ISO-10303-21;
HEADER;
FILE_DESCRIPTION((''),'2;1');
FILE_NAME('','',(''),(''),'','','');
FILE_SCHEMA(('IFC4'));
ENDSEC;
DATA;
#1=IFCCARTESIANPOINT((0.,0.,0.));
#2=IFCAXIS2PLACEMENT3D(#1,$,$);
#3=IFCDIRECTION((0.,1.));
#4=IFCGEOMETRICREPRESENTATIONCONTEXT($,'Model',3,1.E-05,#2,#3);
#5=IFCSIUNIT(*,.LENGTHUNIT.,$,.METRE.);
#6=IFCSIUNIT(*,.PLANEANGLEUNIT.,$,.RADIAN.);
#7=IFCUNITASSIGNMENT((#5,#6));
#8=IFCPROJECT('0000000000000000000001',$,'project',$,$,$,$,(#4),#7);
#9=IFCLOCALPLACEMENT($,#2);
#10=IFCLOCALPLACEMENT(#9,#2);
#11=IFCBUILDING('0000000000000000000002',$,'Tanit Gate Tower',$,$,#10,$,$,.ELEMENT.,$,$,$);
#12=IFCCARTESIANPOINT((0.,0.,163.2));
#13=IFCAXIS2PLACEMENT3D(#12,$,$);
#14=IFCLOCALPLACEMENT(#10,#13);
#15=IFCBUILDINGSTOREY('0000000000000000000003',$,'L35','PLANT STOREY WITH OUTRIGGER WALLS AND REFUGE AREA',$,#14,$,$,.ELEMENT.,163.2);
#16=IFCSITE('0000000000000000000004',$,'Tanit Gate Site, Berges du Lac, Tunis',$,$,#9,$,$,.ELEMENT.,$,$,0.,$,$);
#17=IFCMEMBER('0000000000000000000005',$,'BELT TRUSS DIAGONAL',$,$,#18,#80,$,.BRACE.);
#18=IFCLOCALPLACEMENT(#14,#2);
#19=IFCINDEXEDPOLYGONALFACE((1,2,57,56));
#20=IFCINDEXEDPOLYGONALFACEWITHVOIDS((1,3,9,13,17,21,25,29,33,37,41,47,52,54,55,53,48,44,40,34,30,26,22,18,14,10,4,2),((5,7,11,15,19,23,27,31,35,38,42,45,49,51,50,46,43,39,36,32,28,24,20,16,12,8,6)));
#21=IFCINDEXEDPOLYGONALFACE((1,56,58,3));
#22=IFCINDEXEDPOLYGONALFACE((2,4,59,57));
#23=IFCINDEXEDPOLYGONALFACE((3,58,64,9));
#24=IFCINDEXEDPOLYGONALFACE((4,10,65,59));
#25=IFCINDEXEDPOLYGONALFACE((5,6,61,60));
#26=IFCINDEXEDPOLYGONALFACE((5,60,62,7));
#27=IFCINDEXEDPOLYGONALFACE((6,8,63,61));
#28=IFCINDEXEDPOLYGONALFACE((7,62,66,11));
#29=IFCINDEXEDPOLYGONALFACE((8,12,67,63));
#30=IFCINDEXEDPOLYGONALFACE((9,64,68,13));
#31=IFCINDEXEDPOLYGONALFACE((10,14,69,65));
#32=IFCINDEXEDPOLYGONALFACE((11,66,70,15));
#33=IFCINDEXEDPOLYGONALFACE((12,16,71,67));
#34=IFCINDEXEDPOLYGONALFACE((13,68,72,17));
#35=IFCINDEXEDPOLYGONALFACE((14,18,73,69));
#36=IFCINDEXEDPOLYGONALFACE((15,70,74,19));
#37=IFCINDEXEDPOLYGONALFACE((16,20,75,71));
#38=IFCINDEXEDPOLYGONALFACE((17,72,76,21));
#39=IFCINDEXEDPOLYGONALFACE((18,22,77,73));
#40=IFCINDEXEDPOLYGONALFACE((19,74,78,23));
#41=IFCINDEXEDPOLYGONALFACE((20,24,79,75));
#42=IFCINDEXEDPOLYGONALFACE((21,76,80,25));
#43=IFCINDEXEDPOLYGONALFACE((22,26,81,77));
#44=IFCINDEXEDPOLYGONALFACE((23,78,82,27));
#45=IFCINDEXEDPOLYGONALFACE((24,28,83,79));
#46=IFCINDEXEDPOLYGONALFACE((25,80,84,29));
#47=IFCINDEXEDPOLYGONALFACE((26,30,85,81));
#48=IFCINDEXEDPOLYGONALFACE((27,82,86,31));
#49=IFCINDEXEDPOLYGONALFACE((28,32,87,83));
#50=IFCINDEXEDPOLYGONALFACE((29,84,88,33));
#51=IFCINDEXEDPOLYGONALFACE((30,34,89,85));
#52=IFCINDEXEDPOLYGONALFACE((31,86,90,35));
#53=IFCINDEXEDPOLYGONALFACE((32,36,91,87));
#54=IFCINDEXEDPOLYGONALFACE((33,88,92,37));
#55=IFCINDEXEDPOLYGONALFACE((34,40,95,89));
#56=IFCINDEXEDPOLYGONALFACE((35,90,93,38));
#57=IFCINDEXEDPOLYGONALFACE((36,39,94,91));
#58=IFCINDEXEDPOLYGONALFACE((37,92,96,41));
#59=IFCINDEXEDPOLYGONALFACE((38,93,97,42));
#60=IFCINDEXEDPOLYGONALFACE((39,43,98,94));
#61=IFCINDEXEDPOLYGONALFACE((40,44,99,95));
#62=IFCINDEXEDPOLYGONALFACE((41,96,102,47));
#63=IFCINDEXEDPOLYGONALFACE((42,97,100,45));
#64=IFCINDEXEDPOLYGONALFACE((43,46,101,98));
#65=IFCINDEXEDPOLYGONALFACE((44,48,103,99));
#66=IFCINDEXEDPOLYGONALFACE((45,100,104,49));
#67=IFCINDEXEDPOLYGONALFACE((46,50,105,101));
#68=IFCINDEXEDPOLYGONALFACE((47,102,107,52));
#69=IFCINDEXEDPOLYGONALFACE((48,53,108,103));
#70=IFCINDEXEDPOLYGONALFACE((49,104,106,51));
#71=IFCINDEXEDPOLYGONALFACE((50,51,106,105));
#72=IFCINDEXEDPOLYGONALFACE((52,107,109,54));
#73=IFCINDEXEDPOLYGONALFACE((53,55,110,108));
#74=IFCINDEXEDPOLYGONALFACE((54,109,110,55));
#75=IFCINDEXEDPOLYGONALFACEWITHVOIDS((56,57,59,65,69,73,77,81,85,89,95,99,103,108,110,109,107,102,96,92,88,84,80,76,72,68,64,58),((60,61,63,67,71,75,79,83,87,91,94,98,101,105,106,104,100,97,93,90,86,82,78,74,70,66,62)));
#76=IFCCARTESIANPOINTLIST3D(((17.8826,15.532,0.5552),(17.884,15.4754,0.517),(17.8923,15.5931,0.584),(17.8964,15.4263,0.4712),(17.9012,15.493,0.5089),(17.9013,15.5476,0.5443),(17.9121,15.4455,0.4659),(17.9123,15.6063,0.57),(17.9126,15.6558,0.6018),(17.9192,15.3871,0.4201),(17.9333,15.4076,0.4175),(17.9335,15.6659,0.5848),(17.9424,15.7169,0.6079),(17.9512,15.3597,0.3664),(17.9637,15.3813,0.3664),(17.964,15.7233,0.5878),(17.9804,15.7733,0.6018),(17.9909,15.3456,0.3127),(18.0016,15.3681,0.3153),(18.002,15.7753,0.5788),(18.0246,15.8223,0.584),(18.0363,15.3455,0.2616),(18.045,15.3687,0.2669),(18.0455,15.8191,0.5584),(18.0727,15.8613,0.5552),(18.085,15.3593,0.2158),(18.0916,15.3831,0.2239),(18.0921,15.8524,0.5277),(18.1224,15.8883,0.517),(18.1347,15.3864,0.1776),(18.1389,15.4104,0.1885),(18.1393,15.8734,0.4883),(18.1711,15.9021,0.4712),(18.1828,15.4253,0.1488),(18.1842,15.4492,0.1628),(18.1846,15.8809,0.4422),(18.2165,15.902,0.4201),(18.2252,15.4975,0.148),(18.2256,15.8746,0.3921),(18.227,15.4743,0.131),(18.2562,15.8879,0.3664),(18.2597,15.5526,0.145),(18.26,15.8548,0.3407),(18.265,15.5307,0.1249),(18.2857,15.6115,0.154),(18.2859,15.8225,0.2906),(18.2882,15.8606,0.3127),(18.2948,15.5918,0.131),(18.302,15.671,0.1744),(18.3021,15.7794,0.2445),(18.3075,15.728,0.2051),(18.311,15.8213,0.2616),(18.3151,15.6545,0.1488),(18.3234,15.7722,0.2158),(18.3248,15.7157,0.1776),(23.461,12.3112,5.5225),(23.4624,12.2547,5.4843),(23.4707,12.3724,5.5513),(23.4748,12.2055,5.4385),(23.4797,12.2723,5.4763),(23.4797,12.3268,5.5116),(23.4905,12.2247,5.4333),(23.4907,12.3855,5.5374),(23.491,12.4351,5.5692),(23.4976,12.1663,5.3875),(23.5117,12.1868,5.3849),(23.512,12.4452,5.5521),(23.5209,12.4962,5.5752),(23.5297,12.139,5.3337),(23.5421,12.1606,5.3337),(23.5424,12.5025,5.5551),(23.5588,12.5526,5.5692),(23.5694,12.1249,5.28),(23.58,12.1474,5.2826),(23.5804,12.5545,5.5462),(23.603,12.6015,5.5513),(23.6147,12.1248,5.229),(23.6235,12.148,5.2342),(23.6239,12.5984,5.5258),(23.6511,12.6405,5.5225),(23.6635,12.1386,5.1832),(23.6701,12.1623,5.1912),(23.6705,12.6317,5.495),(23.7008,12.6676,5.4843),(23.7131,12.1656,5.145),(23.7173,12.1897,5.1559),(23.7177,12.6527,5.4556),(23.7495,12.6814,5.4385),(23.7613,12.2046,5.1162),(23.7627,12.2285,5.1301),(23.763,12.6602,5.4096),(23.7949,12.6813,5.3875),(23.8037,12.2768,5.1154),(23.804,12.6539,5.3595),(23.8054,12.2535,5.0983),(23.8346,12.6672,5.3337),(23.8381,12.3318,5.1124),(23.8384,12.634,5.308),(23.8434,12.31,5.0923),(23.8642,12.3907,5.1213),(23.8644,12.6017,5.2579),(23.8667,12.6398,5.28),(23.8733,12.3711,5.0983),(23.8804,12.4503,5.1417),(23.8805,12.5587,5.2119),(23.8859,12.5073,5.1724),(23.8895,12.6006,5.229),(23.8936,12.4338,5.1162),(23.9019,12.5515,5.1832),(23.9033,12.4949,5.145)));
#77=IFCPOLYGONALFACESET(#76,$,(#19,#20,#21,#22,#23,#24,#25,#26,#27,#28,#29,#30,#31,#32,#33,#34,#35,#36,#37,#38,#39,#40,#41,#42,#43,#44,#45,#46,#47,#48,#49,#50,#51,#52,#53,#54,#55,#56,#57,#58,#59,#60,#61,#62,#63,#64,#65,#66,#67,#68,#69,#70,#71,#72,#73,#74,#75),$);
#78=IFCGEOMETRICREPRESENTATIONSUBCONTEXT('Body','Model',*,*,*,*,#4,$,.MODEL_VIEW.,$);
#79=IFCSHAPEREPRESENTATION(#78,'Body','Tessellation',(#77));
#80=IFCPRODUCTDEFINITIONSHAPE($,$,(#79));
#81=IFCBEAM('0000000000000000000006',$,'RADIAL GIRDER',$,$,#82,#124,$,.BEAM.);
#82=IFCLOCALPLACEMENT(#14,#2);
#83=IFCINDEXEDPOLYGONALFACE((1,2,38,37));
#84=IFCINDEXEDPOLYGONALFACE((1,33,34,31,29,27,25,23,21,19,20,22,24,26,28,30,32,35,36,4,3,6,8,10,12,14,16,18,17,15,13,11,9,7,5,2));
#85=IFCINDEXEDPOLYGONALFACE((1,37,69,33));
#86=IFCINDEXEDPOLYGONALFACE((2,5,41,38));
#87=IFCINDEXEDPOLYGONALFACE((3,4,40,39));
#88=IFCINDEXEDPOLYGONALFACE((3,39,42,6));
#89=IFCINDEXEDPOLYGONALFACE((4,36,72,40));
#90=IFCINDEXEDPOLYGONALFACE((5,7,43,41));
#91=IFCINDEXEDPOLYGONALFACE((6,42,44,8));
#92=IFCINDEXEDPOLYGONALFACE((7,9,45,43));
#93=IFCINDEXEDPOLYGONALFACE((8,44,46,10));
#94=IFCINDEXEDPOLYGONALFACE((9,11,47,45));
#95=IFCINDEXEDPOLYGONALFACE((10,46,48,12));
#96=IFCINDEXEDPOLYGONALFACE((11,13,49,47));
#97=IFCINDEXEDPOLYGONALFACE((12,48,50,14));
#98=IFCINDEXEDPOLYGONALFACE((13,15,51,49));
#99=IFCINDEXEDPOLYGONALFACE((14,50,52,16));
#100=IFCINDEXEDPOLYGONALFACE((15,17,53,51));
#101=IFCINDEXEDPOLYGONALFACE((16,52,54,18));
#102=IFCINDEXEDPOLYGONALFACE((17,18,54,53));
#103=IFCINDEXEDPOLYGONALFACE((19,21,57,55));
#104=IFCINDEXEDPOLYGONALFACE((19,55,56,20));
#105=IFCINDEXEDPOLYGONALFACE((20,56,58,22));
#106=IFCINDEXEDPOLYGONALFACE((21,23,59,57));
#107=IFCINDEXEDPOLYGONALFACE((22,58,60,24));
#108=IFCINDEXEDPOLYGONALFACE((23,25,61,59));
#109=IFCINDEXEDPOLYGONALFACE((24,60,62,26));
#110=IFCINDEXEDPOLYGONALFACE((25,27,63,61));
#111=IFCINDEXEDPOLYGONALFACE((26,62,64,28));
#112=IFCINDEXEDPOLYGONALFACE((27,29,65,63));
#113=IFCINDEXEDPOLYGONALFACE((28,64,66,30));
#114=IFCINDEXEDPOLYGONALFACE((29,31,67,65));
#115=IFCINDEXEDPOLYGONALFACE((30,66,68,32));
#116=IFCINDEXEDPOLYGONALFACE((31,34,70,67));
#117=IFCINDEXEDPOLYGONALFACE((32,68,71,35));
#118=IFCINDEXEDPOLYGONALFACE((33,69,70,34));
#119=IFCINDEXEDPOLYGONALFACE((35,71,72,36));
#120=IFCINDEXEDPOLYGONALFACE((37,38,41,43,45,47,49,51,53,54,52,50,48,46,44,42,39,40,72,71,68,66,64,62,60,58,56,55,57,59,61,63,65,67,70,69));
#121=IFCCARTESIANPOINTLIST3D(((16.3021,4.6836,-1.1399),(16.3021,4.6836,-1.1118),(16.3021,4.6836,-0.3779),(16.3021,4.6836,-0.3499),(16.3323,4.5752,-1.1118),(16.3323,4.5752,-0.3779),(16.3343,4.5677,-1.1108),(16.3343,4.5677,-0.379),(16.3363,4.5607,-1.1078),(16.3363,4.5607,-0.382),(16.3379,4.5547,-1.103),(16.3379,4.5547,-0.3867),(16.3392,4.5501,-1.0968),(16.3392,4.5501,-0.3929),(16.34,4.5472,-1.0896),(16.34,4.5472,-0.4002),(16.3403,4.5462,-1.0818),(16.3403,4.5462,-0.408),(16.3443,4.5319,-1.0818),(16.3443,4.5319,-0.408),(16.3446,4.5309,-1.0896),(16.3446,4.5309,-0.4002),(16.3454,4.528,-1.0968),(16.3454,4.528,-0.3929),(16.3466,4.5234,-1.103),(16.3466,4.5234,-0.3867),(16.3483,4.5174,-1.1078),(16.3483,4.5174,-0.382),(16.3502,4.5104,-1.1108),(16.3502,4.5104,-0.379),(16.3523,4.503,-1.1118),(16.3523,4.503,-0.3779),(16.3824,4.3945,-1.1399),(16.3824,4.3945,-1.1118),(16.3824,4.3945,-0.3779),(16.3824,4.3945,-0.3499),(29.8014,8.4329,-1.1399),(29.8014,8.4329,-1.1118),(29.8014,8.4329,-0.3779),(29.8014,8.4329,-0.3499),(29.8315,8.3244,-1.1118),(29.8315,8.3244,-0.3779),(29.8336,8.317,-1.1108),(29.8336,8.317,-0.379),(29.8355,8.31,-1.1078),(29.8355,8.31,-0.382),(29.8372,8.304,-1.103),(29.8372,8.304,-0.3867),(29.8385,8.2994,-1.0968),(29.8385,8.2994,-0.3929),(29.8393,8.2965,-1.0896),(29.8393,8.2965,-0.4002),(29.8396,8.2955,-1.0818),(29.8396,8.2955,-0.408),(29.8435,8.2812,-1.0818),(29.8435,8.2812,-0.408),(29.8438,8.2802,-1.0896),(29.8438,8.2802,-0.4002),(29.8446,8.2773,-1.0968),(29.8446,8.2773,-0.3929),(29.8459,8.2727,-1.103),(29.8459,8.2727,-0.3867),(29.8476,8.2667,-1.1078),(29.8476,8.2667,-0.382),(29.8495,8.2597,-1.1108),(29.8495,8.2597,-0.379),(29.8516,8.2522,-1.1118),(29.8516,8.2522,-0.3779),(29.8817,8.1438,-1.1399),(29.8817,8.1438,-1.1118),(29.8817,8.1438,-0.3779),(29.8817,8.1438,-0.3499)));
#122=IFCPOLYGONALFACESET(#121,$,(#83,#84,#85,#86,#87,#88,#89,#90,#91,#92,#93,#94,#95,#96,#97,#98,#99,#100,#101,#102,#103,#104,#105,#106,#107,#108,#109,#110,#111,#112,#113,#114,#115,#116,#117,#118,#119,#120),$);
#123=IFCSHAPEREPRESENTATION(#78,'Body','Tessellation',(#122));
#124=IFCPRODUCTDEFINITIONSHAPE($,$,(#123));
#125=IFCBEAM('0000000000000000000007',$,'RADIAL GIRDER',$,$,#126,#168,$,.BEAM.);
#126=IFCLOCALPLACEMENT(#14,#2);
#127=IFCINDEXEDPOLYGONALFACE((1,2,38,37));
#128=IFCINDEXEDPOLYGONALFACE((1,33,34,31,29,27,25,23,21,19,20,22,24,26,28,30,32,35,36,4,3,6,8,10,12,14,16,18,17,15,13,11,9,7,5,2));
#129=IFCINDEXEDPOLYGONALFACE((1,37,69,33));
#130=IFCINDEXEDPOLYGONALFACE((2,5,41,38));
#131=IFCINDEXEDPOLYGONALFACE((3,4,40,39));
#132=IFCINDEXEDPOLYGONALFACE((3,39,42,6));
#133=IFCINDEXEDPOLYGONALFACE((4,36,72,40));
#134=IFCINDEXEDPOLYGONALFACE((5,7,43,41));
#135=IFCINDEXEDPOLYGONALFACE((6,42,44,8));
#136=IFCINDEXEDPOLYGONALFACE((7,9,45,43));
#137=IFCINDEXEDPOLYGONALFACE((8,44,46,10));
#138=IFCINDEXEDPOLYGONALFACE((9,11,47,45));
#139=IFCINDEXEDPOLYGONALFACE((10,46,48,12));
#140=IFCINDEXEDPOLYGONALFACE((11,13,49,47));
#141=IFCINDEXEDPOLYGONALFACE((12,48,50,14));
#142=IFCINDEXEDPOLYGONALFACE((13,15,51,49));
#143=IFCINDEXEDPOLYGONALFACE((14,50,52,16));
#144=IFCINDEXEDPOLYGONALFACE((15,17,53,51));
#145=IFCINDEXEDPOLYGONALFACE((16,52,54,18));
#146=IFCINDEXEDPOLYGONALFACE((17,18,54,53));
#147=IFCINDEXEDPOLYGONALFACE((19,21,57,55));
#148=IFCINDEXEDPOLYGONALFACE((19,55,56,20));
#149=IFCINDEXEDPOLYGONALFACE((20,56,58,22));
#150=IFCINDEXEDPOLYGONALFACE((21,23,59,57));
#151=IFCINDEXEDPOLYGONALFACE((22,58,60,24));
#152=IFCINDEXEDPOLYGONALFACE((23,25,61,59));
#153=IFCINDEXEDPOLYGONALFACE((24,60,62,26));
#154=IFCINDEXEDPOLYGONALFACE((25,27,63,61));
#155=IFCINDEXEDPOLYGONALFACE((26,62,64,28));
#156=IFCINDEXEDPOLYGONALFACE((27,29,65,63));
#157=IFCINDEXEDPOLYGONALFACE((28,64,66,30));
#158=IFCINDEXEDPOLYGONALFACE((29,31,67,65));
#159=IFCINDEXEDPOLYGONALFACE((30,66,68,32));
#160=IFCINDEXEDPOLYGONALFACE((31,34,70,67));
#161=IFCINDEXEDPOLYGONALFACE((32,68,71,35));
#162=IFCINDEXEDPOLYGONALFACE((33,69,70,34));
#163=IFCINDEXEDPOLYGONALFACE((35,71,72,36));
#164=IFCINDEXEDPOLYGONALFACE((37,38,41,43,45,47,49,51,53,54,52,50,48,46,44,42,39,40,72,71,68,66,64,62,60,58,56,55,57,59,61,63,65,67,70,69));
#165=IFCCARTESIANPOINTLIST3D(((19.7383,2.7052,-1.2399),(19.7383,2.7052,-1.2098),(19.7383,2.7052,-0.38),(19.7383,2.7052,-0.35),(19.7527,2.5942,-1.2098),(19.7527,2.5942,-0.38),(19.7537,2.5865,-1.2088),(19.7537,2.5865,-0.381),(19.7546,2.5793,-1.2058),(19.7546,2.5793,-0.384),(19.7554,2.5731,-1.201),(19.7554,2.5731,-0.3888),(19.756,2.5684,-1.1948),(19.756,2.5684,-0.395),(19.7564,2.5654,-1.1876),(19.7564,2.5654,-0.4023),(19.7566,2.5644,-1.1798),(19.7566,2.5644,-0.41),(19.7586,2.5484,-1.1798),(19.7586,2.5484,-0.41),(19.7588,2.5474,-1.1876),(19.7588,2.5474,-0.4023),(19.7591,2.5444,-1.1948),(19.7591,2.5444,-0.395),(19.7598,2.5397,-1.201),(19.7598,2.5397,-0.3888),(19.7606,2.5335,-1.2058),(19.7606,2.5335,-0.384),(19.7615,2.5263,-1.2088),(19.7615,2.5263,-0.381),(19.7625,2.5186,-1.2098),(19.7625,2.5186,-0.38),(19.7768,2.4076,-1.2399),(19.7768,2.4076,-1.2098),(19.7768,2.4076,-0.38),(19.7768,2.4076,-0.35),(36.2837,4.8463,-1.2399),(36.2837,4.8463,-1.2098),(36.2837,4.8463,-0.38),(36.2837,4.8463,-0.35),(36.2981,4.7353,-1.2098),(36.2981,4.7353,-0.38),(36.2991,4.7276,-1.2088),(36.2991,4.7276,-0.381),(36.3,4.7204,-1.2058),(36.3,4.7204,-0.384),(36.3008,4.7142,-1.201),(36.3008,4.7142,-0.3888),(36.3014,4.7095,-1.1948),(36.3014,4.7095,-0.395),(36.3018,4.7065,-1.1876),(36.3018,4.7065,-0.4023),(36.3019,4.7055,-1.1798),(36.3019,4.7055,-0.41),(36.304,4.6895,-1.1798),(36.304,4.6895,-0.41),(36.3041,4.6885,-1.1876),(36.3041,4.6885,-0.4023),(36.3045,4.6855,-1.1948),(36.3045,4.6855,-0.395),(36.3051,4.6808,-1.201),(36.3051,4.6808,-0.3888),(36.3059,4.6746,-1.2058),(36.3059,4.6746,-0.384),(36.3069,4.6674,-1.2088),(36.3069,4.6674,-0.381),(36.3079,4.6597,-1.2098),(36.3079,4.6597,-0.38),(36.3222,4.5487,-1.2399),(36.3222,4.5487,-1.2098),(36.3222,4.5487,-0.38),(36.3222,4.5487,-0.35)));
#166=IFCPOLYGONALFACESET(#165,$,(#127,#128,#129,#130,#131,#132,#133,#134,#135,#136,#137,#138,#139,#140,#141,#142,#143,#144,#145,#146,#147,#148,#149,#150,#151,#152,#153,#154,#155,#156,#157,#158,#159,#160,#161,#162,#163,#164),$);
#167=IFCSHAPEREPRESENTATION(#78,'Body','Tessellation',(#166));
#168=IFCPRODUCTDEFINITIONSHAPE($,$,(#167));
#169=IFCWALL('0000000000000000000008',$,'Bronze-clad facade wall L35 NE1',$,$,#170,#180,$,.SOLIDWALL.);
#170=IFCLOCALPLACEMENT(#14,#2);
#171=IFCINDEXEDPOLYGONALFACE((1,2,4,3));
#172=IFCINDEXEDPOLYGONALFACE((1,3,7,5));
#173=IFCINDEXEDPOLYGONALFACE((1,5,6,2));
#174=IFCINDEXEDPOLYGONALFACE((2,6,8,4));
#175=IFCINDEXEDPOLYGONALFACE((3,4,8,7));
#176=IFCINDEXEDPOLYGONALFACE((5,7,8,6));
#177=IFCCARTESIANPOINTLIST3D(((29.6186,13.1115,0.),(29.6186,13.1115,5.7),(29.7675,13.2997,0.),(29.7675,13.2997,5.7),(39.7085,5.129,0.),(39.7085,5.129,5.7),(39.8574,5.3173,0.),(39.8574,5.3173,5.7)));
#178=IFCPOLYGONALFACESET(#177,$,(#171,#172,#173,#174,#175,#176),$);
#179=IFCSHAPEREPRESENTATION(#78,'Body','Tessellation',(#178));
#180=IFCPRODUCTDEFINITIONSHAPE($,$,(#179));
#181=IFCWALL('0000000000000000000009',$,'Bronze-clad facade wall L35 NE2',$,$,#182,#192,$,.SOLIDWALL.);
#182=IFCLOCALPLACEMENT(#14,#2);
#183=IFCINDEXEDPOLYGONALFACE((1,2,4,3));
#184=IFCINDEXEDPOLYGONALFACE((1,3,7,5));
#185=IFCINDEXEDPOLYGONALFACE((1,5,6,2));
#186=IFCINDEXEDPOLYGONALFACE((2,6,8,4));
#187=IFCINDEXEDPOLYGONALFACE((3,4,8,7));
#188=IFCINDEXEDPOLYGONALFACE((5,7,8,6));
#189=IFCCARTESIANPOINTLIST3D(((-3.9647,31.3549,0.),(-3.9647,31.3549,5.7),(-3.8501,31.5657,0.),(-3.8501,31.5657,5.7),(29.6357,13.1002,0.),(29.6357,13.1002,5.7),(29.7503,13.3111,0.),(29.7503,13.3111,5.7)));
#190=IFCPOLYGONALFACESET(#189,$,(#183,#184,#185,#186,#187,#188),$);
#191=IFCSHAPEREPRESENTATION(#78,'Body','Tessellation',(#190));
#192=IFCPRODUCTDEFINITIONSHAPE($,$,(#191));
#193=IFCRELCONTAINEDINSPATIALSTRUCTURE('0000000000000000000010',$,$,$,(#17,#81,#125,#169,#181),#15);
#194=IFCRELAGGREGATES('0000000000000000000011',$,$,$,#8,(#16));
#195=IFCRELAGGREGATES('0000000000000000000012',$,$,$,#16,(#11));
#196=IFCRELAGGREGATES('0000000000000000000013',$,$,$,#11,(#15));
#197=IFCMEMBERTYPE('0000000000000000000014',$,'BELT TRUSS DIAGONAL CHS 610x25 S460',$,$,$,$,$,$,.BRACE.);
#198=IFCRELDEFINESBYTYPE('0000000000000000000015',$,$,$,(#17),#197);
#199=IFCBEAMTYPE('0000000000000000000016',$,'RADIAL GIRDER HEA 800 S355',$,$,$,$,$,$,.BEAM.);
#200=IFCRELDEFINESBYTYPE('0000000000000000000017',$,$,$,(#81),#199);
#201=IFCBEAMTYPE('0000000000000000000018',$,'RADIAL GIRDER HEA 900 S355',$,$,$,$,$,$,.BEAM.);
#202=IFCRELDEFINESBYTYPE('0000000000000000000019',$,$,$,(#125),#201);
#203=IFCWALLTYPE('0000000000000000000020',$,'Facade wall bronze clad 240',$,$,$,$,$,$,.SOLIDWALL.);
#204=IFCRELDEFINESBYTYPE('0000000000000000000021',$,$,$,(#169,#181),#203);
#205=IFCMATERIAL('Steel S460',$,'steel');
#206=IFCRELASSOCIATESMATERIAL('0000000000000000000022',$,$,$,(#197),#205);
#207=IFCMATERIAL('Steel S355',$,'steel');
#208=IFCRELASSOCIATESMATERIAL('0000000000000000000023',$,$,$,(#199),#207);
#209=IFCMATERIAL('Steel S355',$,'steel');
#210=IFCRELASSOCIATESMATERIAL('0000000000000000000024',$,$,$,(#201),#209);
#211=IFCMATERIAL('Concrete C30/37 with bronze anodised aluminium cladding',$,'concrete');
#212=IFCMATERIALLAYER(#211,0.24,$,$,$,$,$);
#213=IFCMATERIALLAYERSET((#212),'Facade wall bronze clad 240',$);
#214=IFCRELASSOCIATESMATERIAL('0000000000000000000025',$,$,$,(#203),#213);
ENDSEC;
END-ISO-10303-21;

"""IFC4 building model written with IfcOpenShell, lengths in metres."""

from ifc_helpers import new_model, si_unit, direction, frame, frame_2d, origin, origin_2d, place, context, subcontext, project, spatial, rectangle, hollow_circle, i_section, extrude, material, layer, layer_set, material_profile, profile_set, type_object, element, save


model = new_model("IFC4")

# Units and contexts
model_context = context("Model", 3, precision=1e-05, world=origin(), true_north=direction((0.0, 1.0)))
body_context = subcontext(model_context, "Body", "Model", "MODEL_VIEW")
ifc_project = project(units=[si_unit("LENGTHUNIT", "METRE"), si_unit("PLANEANGLEUNIT", "RADIAN")], contexts=[model_context])

# Site, building, storey
site_placement = place(None, origin())
site = spatial("IfcSite", under=ifc_project, at=site_placement, Name="Tanit Gate Site, Berges du Lac, Tunis", CompositionType="ELEMENT", RefElevation=0.0)
building_placement = place(site_placement, origin())
building = spatial("IfcBuilding", under=site, at=building_placement, Name="Tanit Gate Tower", CompositionType="ELEMENT")
storey_placement = place(building_placement, frame((0.0, 0.0, 163.2)))
storey = spatial("IfcBuildingStorey", under=building, at=storey_placement, Name="L35", Description="PLANT STOREY WITH OUTRIGGER WALLS AND REFUGE AREA", CompositionType="ELEMENT", Elevation=163.2)

# Member
ifc_material_1 = material(Name="Steel S460", Category="steel")
ifc_material_profile_1 = material_profile(ifc_material_1, hollow_circle(Radius=0.3049, WallThickness=0.0249, at=origin_2d()), Name="CHS 610x25")
ifc_profile_set_1 = profile_set([ifc_material_profile_1], Name="Steel S460")
member_type = type_object("IfcMemberType", Name="BELT TRUSS DIAGONAL CHS 610x25 S460", PredefinedType="BRACE", material=ifc_profile_set_1)
for number, where, z_axis, x_axis, name in (
    (1, (23.6821, 12.4031, 5.3337), (-0.685793, 0.395946, -0.610667), (-0.500004, -0.866023, 0.0), "BELT TRUSS DIAGONAL"),
):
    element("IfcMember", number, at=place(storey_placement, frame(where, z_axis=z_axis, x_axis=x_axis)), inside=storey, type_object=member_type, Name=name, PredefinedType="BRACE", context=body_context, shape_type="SweptSolid", body=[
        extrude(hollow_circle(Radius=0.3049, WallThickness=0.0249, at=origin_2d()), origin(), (0.0, 0.0, 1.0), 8.1343),
    ])

# Beams
ifc_material_2 = material(Name="Steel S355", Category="steel")
ifc_material_profile_2 = material_profile(ifc_material_2, i_section(OverallWidth=0.3, OverallDepth=0.79, WebThickness=0.0149, FlangeThickness=0.0281, FilletRadius=0.03, at=origin_2d()), Name="HEA 800")
ifc_profile_set_2 = profile_set([ifc_material_profile_2], Name="Steel S355")
beam_type_1 = type_object("IfcBeamType", Name="RADIAL GIRDER HEA 800 S355", PredefinedType="BEAM", material=ifc_profile_set_2)
beam_1_placement = place(storey_placement, frame((29.8416, 8.2883, -0.7449), z_axis=(-0.963528, -0.267609, 0.0), x_axis=(0.267609, -0.963528, 0.0)))
element("IfcBeam", 2, at=beam_1_placement, inside=storey, type_object=beam_type_1, Name="RADIAL GIRDER", PredefinedType="BEAM", context=body_context, shape_type="SweptSolid", body=[
    extrude(i_section(OverallWidth=0.3, OverallDepth=0.79, WebThickness=0.0149, FlangeThickness=0.0281, FilletRadius=0.03, at=origin_2d()), origin(), (0.0, 0.0, 1.0), 14.0103),
])
ifc_material_3 = material(Name="Steel S355", Category="steel")
ifc_material_profile_3 = material_profile(ifc_material_3, i_section(OverallWidth=0.3, OverallDepth=0.8899, WebThickness=0.0161, FlangeThickness=0.03, FilletRadius=0.03, at=origin_2d()), Name="HEA 900")
ifc_profile_set_3 = profile_set([ifc_material_profile_3], Name="Steel S355")
beam_type_2 = type_object("IfcBeamType", Name="RADIAL GIRDER HEA 900 S355", PredefinedType="BEAM", material=ifc_profile_set_3)
beam_2_placement = place(storey_placement, frame((36.303, 4.6975, -0.7949), z_axis=(-0.99173, -0.128338, 0.0), x_axis=(0.128338, -0.99173, 0.0)))
element("IfcBeam", 3, at=beam_2_placement, inside=storey, type_object=beam_type_2, Name="RADIAL GIRDER", PredefinedType="BEAM", context=body_context, shape_type="SweptSolid", body=[
    extrude(i_section(OverallWidth=0.3, OverallDepth=0.8899, WebThickness=0.0161, FlangeThickness=0.03, FilletRadius=0.03, at=origin_2d()), origin(), (0.0, 0.0, 1.0), 16.6833),
])

# Walls
ifc_material_4 = material(Name="Concrete C30/37 with bronze anodised aluminium cladding", Category="concrete")
ifc_layer_1 = layer(ifc_material_4, 0.24)
ifc_layer_set_1 = layer_set([ifc_layer_1], Name="Facade wall bronze clad 240")
wall_type_1 = type_object("IfcWallType", Name="Facade wall bronze clad 240", PredefinedType="SOLIDWALL", material=ifc_layer_set_1)
wall_1_placement = place(storey_placement, frame((39.783, 5.2231, 0.0), z_axis=(0.0, 0.0, 1.0), x_axis=(-0.784249, 0.620446, 0.0)))
element("IfcWall", 4, at=wall_1_placement, inside=storey, type_object=wall_type_1, Name="Bronze-clad facade wall L35 NE1", PredefinedType="SOLIDWALL", context=body_context, shape_type="SweptSolid", body=[
    extrude(rectangle(XDim=12.8657, YDim=0.24, at=frame_2d((6.4329, 0.0))), origin(), (0.0, 0.0, 1.0), 5.7),
])
wall_2_placement = place(storey_placement, frame((29.6931, 13.2056, 0.0), z_axis=(0.0, 0.0, 1.0), x_axis=(-0.878695, 0.477384, 0.0)))
element("IfcWall", 5, at=wall_2_placement, inside=storey, type_object=wall_type_1, Name="Bronze-clad facade wall L35 NE2", PredefinedType="SOLIDWALL", context=body_context, shape_type="SweptSolid", body=[
    extrude(rectangle(XDim=38.239, YDim=0.24, at=frame_2d((19.1196, 0.0))), origin(), (0.0, 0.0, 1.0), 5.7),
])

save(model, "model.ifc")
